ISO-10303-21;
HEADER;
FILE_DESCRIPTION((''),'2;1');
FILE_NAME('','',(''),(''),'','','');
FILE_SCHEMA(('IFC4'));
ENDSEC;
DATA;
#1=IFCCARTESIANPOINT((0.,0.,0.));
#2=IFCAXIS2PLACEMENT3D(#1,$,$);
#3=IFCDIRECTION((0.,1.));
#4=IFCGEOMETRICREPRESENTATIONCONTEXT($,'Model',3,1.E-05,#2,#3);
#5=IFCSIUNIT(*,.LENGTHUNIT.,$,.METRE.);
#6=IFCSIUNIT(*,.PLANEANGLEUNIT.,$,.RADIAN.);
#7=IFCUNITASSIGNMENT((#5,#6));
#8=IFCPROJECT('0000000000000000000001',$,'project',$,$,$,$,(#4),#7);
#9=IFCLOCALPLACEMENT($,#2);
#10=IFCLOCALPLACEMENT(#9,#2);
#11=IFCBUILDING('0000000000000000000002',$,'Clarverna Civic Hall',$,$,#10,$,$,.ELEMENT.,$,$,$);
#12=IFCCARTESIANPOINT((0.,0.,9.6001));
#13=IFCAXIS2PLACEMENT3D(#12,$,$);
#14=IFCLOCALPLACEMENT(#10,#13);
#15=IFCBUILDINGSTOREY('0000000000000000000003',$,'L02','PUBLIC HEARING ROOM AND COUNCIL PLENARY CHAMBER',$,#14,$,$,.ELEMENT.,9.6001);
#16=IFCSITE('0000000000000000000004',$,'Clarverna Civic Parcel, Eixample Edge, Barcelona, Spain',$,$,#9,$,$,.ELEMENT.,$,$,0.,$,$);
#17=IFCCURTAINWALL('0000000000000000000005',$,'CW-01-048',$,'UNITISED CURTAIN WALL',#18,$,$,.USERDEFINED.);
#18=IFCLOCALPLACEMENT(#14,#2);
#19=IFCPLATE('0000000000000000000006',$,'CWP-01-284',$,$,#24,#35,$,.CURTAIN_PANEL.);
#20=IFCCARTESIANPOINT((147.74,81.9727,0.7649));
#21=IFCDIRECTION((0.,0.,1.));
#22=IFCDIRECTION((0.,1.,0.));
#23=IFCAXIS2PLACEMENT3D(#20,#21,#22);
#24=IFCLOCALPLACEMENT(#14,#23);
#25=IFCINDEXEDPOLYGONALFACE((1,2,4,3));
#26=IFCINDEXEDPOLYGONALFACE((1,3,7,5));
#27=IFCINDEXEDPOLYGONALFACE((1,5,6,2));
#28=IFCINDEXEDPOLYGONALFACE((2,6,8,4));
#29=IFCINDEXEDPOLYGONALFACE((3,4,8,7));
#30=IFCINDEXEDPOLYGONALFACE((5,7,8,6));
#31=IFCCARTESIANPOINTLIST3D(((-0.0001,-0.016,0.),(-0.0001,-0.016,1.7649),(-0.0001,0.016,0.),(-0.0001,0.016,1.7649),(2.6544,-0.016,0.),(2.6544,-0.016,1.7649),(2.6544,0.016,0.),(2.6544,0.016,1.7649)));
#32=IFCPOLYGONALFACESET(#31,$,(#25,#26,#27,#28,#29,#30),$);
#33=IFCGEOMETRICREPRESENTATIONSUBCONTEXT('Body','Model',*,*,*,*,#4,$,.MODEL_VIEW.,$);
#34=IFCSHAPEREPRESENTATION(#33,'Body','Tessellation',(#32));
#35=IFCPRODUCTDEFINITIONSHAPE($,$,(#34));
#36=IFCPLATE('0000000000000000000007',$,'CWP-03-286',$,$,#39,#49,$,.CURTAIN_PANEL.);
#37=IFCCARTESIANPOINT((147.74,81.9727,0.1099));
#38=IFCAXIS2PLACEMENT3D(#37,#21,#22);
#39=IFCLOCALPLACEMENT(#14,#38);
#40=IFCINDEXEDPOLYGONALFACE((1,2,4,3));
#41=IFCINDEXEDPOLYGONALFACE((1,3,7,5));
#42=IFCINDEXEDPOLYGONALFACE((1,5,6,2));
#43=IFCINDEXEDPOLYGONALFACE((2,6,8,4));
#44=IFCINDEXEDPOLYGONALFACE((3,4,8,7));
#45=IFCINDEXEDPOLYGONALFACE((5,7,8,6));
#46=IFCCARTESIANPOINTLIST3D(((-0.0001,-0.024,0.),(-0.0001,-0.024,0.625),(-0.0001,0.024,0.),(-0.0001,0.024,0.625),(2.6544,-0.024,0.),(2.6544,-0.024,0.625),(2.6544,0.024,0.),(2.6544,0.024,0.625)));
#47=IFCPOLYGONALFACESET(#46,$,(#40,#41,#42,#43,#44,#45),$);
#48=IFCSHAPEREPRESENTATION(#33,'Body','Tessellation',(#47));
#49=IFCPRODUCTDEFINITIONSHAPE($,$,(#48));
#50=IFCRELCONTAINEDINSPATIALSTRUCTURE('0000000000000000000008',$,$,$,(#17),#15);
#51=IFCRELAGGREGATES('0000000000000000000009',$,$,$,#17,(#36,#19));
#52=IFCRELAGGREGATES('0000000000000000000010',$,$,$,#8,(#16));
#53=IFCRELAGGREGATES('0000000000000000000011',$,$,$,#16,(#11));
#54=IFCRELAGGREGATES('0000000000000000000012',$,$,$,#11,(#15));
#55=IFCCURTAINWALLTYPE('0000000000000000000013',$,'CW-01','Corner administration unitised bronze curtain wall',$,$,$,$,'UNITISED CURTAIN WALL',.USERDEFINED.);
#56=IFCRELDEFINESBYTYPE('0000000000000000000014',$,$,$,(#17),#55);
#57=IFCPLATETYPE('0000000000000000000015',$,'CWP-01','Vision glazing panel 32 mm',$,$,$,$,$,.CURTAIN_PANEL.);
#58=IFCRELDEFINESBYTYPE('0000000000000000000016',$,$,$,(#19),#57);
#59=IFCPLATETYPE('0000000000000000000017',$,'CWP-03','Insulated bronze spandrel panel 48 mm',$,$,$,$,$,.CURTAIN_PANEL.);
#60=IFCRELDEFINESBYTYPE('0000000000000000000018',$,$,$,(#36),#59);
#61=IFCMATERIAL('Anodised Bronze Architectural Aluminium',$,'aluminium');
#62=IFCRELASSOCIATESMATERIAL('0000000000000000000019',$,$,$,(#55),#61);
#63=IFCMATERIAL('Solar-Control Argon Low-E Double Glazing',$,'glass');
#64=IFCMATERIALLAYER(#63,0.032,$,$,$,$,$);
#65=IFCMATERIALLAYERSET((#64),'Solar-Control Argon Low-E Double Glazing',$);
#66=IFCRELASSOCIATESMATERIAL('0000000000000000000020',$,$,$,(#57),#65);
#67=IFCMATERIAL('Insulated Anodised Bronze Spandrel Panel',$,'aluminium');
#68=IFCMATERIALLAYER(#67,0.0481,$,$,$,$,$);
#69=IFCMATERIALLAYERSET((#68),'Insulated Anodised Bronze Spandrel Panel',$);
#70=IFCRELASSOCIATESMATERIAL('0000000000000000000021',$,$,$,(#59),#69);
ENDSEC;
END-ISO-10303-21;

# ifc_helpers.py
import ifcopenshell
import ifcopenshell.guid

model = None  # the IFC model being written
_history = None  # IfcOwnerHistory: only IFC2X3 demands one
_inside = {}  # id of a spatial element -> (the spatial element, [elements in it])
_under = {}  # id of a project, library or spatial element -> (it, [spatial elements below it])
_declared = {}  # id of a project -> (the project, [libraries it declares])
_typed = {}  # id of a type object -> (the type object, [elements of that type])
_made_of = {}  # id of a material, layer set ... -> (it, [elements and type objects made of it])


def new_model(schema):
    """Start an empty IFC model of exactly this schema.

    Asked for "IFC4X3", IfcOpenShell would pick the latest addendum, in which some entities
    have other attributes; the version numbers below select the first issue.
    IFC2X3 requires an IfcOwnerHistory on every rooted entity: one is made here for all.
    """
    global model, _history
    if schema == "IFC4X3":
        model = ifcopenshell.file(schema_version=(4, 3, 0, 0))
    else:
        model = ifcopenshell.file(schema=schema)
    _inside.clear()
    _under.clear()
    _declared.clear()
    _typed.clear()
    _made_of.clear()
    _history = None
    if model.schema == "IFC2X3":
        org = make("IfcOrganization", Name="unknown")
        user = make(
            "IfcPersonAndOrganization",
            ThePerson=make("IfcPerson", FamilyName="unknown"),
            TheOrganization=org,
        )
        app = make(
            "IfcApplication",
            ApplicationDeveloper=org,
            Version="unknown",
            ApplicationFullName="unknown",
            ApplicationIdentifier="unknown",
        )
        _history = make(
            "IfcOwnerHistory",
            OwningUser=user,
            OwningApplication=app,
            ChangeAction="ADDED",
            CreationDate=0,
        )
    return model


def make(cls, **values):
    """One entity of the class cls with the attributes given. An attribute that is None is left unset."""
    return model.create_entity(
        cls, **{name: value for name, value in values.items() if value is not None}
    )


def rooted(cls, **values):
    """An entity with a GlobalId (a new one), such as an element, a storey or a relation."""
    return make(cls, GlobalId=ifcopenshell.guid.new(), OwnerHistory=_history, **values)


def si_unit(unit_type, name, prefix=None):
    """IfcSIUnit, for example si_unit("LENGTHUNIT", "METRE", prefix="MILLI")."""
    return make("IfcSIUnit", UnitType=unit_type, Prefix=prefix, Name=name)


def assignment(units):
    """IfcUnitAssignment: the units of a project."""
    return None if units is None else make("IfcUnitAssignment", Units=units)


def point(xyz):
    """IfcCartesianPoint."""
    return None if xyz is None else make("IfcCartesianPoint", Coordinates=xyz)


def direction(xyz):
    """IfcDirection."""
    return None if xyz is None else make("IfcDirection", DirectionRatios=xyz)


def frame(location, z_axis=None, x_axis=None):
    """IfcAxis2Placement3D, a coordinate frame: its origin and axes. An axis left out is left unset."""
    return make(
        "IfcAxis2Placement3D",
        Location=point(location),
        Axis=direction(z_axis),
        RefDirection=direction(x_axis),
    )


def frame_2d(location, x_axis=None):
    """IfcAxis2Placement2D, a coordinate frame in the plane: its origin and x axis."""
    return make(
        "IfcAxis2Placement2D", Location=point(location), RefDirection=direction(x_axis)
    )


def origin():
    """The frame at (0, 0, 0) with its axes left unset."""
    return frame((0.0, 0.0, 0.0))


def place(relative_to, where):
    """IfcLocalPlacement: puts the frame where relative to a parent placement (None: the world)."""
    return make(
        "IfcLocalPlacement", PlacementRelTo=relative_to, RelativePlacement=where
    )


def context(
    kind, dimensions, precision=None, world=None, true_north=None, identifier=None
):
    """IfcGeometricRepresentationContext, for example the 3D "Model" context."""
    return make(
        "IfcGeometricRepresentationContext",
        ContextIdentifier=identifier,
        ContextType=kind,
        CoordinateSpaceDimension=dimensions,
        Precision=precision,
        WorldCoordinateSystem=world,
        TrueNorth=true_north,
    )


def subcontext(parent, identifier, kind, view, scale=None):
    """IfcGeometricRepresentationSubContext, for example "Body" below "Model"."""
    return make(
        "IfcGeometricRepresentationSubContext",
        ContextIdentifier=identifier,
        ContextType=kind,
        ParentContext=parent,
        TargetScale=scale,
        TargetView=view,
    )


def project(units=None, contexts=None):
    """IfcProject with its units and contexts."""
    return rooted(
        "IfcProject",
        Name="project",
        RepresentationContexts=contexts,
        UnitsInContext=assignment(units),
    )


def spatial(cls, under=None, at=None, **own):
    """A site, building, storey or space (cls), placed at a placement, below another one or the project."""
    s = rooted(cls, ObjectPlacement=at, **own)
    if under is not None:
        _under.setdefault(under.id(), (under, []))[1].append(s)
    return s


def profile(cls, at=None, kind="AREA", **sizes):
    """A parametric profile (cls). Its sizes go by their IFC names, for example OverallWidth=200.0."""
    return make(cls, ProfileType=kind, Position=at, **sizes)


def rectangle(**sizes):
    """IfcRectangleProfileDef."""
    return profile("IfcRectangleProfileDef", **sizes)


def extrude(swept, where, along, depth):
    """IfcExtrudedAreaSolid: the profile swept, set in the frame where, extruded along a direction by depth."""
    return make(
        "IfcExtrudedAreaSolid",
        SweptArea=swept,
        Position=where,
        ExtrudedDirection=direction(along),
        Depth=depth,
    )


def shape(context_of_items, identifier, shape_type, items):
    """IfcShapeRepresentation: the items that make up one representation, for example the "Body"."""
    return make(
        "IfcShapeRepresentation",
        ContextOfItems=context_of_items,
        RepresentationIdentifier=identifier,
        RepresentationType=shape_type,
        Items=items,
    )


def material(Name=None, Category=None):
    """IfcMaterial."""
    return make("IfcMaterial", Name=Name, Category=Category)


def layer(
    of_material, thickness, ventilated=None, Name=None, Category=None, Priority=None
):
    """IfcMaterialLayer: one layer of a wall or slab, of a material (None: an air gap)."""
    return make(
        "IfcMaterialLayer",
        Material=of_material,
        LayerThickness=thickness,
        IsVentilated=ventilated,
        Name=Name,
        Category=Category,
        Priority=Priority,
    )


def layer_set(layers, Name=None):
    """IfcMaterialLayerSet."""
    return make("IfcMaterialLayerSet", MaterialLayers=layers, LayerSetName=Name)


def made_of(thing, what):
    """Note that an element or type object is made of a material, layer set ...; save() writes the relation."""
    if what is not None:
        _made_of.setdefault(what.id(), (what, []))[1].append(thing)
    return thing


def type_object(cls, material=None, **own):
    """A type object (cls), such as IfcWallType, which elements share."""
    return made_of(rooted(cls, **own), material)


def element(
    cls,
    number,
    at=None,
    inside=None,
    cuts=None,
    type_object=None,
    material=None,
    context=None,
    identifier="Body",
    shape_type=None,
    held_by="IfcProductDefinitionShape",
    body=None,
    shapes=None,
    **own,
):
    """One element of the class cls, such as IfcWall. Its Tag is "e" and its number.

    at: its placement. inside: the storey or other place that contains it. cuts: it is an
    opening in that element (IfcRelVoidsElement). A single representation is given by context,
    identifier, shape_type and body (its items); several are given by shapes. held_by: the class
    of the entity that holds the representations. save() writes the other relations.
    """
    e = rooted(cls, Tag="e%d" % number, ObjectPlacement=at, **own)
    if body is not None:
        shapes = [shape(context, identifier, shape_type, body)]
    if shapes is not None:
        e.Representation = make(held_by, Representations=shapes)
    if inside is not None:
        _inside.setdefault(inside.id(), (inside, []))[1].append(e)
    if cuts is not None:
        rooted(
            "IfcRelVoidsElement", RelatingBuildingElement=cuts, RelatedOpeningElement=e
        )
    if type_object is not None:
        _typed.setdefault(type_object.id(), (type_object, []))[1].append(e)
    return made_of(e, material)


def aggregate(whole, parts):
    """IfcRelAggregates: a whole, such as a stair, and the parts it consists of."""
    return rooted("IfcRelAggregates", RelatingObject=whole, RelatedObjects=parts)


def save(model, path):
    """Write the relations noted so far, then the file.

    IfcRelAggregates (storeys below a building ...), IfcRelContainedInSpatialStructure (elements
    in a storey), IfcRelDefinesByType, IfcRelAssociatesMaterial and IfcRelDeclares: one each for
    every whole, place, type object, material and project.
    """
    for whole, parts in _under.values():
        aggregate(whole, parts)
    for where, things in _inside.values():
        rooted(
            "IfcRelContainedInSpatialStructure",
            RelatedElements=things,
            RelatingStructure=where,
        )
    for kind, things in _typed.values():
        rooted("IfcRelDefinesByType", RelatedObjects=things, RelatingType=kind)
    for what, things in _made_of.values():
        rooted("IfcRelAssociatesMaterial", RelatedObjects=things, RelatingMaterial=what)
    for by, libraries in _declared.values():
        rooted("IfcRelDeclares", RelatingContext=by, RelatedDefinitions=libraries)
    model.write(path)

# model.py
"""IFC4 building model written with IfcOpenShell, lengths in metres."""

from ifc_helpers import new_model, si_unit, direction, frame, frame_2d, origin, place, context, subcontext, project, spatial, rectangle, extrude, material, layer, layer_set, type_object, element, aggregate, save


model = new_model("IFC4")

# Units and contexts
model_context = context("Model", 3, precision=1e-05, world=origin(), true_north=direction((0.0, 1.0)))
body_context = subcontext(model_context, "Body", "Model", "MODEL_VIEW")
ifc_project = project(units=[si_unit("LENGTHUNIT", "METRE"), si_unit("PLANEANGLEUNIT", "RADIAN")], contexts=[model_context])

# Site, building, storey
site_placement = place(None, origin())
site = spatial("IfcSite", under=ifc_project, at=site_placement, Name="Clarverna Civic Parcel, Eixample Edge, Barcelona, Spain", CompositionType="ELEMENT", RefElevation=0.0)
building_placement = place(site_placement, origin())
building = spatial("IfcBuilding", under=site, at=building_placement, Name="Clarverna Civic Hall", CompositionType="ELEMENT")
storey_placement = place(building_placement, frame((0.0, 0.0, 9.6001)))
storey = spatial("IfcBuildingStorey", under=building, at=storey_placement, Name="L02", Description="PUBLIC HEARING ROOM AND COUNCIL PLENARY CHAMBER", CompositionType="ELEMENT", Elevation=9.6001)

# Curtain wall
ifc_material_1 = material(Name="Anodised Bronze Architectural Aluminium", Category="aluminium")
curtain_wall_type = type_object("IfcCurtainWallType", Name="CW-01", Description="Corner administration unitised bronze curtain wall", ElementType="UNITISED CURTAIN WALL", PredefinedType="USERDEFINED", material=ifc_material_1)
curtain_wall_1_placement = place(storey_placement, origin())
curtain_wall_1 = element("IfcCurtainWall", 1, at=curtain_wall_1_placement, inside=storey, type_object=curtain_wall_type, Name="CW-01-048", ObjectType="UNITISED CURTAIN WALL", PredefinedType="USERDEFINED")

# Plates
ifc_material_2 = material(Name="Solar-Control Argon Low-E Double Glazing", Category="glass")
ifc_layer_1 = layer(ifc_material_2, 0.032)
ifc_layer_set_1 = layer_set([ifc_layer_1], Name="Solar-Control Argon Low-E Double Glazing")
plate_type_1 = type_object("IfcPlateType", Name="CWP-01", Description="Vision glazing panel 32 mm", PredefinedType="CURTAIN_PANEL", material=ifc_layer_set_1)
plate_1_placement = place(storey_placement, frame((147.74, 81.9727, 0.7649), z_axis=(0.0, 0.0, 1.0), x_axis=(0.0, 1.0, 0.0)))
plate_1 = element("IfcPlate", 2, at=plate_1_placement, type_object=plate_type_1, Name="CWP-01-284", PredefinedType="CURTAIN_PANEL", context=body_context, shape_type="SweptSolid", body=[
    extrude(rectangle(XDim=2.6545, YDim=0.032, at=frame_2d((1.3271, 0.0))), origin(), (0.0, 0.0, 1.0), 1.7649),
])
ifc_material_3 = material(Name="Insulated Anodised Bronze Spandrel Panel", Category="aluminium")
ifc_layer_2 = layer(ifc_material_3, 0.0481)
ifc_layer_set_2 = layer_set([ifc_layer_2], Name="Insulated Anodised Bronze Spandrel Panel")
plate_type_2 = type_object("IfcPlateType", Name="CWP-03", Description="Insulated bronze spandrel panel 48 mm", PredefinedType="CURTAIN_PANEL", material=ifc_layer_set_2)
plate_2_placement = place(storey_placement, frame((147.74, 81.9727, 0.1099), z_axis=(0.0, 0.0, 1.0), x_axis=(0.0, 1.0, 0.0)))
plate_2 = element("IfcPlate", 3, at=plate_2_placement, type_object=plate_type_2, Name="CWP-03-286", PredefinedType="CURTAIN_PANEL", context=body_context, shape_type="SweptSolid", body=[
    extrude(rectangle(XDim=2.6545, YDim=0.0481, at=frame_2d((1.3271, 0.0))), origin(), (0.0, 0.0, 1.0), 0.625),
])
aggregate(curtain_wall_1, [plate_2, plate_1])

save(model, "model.ifc")
